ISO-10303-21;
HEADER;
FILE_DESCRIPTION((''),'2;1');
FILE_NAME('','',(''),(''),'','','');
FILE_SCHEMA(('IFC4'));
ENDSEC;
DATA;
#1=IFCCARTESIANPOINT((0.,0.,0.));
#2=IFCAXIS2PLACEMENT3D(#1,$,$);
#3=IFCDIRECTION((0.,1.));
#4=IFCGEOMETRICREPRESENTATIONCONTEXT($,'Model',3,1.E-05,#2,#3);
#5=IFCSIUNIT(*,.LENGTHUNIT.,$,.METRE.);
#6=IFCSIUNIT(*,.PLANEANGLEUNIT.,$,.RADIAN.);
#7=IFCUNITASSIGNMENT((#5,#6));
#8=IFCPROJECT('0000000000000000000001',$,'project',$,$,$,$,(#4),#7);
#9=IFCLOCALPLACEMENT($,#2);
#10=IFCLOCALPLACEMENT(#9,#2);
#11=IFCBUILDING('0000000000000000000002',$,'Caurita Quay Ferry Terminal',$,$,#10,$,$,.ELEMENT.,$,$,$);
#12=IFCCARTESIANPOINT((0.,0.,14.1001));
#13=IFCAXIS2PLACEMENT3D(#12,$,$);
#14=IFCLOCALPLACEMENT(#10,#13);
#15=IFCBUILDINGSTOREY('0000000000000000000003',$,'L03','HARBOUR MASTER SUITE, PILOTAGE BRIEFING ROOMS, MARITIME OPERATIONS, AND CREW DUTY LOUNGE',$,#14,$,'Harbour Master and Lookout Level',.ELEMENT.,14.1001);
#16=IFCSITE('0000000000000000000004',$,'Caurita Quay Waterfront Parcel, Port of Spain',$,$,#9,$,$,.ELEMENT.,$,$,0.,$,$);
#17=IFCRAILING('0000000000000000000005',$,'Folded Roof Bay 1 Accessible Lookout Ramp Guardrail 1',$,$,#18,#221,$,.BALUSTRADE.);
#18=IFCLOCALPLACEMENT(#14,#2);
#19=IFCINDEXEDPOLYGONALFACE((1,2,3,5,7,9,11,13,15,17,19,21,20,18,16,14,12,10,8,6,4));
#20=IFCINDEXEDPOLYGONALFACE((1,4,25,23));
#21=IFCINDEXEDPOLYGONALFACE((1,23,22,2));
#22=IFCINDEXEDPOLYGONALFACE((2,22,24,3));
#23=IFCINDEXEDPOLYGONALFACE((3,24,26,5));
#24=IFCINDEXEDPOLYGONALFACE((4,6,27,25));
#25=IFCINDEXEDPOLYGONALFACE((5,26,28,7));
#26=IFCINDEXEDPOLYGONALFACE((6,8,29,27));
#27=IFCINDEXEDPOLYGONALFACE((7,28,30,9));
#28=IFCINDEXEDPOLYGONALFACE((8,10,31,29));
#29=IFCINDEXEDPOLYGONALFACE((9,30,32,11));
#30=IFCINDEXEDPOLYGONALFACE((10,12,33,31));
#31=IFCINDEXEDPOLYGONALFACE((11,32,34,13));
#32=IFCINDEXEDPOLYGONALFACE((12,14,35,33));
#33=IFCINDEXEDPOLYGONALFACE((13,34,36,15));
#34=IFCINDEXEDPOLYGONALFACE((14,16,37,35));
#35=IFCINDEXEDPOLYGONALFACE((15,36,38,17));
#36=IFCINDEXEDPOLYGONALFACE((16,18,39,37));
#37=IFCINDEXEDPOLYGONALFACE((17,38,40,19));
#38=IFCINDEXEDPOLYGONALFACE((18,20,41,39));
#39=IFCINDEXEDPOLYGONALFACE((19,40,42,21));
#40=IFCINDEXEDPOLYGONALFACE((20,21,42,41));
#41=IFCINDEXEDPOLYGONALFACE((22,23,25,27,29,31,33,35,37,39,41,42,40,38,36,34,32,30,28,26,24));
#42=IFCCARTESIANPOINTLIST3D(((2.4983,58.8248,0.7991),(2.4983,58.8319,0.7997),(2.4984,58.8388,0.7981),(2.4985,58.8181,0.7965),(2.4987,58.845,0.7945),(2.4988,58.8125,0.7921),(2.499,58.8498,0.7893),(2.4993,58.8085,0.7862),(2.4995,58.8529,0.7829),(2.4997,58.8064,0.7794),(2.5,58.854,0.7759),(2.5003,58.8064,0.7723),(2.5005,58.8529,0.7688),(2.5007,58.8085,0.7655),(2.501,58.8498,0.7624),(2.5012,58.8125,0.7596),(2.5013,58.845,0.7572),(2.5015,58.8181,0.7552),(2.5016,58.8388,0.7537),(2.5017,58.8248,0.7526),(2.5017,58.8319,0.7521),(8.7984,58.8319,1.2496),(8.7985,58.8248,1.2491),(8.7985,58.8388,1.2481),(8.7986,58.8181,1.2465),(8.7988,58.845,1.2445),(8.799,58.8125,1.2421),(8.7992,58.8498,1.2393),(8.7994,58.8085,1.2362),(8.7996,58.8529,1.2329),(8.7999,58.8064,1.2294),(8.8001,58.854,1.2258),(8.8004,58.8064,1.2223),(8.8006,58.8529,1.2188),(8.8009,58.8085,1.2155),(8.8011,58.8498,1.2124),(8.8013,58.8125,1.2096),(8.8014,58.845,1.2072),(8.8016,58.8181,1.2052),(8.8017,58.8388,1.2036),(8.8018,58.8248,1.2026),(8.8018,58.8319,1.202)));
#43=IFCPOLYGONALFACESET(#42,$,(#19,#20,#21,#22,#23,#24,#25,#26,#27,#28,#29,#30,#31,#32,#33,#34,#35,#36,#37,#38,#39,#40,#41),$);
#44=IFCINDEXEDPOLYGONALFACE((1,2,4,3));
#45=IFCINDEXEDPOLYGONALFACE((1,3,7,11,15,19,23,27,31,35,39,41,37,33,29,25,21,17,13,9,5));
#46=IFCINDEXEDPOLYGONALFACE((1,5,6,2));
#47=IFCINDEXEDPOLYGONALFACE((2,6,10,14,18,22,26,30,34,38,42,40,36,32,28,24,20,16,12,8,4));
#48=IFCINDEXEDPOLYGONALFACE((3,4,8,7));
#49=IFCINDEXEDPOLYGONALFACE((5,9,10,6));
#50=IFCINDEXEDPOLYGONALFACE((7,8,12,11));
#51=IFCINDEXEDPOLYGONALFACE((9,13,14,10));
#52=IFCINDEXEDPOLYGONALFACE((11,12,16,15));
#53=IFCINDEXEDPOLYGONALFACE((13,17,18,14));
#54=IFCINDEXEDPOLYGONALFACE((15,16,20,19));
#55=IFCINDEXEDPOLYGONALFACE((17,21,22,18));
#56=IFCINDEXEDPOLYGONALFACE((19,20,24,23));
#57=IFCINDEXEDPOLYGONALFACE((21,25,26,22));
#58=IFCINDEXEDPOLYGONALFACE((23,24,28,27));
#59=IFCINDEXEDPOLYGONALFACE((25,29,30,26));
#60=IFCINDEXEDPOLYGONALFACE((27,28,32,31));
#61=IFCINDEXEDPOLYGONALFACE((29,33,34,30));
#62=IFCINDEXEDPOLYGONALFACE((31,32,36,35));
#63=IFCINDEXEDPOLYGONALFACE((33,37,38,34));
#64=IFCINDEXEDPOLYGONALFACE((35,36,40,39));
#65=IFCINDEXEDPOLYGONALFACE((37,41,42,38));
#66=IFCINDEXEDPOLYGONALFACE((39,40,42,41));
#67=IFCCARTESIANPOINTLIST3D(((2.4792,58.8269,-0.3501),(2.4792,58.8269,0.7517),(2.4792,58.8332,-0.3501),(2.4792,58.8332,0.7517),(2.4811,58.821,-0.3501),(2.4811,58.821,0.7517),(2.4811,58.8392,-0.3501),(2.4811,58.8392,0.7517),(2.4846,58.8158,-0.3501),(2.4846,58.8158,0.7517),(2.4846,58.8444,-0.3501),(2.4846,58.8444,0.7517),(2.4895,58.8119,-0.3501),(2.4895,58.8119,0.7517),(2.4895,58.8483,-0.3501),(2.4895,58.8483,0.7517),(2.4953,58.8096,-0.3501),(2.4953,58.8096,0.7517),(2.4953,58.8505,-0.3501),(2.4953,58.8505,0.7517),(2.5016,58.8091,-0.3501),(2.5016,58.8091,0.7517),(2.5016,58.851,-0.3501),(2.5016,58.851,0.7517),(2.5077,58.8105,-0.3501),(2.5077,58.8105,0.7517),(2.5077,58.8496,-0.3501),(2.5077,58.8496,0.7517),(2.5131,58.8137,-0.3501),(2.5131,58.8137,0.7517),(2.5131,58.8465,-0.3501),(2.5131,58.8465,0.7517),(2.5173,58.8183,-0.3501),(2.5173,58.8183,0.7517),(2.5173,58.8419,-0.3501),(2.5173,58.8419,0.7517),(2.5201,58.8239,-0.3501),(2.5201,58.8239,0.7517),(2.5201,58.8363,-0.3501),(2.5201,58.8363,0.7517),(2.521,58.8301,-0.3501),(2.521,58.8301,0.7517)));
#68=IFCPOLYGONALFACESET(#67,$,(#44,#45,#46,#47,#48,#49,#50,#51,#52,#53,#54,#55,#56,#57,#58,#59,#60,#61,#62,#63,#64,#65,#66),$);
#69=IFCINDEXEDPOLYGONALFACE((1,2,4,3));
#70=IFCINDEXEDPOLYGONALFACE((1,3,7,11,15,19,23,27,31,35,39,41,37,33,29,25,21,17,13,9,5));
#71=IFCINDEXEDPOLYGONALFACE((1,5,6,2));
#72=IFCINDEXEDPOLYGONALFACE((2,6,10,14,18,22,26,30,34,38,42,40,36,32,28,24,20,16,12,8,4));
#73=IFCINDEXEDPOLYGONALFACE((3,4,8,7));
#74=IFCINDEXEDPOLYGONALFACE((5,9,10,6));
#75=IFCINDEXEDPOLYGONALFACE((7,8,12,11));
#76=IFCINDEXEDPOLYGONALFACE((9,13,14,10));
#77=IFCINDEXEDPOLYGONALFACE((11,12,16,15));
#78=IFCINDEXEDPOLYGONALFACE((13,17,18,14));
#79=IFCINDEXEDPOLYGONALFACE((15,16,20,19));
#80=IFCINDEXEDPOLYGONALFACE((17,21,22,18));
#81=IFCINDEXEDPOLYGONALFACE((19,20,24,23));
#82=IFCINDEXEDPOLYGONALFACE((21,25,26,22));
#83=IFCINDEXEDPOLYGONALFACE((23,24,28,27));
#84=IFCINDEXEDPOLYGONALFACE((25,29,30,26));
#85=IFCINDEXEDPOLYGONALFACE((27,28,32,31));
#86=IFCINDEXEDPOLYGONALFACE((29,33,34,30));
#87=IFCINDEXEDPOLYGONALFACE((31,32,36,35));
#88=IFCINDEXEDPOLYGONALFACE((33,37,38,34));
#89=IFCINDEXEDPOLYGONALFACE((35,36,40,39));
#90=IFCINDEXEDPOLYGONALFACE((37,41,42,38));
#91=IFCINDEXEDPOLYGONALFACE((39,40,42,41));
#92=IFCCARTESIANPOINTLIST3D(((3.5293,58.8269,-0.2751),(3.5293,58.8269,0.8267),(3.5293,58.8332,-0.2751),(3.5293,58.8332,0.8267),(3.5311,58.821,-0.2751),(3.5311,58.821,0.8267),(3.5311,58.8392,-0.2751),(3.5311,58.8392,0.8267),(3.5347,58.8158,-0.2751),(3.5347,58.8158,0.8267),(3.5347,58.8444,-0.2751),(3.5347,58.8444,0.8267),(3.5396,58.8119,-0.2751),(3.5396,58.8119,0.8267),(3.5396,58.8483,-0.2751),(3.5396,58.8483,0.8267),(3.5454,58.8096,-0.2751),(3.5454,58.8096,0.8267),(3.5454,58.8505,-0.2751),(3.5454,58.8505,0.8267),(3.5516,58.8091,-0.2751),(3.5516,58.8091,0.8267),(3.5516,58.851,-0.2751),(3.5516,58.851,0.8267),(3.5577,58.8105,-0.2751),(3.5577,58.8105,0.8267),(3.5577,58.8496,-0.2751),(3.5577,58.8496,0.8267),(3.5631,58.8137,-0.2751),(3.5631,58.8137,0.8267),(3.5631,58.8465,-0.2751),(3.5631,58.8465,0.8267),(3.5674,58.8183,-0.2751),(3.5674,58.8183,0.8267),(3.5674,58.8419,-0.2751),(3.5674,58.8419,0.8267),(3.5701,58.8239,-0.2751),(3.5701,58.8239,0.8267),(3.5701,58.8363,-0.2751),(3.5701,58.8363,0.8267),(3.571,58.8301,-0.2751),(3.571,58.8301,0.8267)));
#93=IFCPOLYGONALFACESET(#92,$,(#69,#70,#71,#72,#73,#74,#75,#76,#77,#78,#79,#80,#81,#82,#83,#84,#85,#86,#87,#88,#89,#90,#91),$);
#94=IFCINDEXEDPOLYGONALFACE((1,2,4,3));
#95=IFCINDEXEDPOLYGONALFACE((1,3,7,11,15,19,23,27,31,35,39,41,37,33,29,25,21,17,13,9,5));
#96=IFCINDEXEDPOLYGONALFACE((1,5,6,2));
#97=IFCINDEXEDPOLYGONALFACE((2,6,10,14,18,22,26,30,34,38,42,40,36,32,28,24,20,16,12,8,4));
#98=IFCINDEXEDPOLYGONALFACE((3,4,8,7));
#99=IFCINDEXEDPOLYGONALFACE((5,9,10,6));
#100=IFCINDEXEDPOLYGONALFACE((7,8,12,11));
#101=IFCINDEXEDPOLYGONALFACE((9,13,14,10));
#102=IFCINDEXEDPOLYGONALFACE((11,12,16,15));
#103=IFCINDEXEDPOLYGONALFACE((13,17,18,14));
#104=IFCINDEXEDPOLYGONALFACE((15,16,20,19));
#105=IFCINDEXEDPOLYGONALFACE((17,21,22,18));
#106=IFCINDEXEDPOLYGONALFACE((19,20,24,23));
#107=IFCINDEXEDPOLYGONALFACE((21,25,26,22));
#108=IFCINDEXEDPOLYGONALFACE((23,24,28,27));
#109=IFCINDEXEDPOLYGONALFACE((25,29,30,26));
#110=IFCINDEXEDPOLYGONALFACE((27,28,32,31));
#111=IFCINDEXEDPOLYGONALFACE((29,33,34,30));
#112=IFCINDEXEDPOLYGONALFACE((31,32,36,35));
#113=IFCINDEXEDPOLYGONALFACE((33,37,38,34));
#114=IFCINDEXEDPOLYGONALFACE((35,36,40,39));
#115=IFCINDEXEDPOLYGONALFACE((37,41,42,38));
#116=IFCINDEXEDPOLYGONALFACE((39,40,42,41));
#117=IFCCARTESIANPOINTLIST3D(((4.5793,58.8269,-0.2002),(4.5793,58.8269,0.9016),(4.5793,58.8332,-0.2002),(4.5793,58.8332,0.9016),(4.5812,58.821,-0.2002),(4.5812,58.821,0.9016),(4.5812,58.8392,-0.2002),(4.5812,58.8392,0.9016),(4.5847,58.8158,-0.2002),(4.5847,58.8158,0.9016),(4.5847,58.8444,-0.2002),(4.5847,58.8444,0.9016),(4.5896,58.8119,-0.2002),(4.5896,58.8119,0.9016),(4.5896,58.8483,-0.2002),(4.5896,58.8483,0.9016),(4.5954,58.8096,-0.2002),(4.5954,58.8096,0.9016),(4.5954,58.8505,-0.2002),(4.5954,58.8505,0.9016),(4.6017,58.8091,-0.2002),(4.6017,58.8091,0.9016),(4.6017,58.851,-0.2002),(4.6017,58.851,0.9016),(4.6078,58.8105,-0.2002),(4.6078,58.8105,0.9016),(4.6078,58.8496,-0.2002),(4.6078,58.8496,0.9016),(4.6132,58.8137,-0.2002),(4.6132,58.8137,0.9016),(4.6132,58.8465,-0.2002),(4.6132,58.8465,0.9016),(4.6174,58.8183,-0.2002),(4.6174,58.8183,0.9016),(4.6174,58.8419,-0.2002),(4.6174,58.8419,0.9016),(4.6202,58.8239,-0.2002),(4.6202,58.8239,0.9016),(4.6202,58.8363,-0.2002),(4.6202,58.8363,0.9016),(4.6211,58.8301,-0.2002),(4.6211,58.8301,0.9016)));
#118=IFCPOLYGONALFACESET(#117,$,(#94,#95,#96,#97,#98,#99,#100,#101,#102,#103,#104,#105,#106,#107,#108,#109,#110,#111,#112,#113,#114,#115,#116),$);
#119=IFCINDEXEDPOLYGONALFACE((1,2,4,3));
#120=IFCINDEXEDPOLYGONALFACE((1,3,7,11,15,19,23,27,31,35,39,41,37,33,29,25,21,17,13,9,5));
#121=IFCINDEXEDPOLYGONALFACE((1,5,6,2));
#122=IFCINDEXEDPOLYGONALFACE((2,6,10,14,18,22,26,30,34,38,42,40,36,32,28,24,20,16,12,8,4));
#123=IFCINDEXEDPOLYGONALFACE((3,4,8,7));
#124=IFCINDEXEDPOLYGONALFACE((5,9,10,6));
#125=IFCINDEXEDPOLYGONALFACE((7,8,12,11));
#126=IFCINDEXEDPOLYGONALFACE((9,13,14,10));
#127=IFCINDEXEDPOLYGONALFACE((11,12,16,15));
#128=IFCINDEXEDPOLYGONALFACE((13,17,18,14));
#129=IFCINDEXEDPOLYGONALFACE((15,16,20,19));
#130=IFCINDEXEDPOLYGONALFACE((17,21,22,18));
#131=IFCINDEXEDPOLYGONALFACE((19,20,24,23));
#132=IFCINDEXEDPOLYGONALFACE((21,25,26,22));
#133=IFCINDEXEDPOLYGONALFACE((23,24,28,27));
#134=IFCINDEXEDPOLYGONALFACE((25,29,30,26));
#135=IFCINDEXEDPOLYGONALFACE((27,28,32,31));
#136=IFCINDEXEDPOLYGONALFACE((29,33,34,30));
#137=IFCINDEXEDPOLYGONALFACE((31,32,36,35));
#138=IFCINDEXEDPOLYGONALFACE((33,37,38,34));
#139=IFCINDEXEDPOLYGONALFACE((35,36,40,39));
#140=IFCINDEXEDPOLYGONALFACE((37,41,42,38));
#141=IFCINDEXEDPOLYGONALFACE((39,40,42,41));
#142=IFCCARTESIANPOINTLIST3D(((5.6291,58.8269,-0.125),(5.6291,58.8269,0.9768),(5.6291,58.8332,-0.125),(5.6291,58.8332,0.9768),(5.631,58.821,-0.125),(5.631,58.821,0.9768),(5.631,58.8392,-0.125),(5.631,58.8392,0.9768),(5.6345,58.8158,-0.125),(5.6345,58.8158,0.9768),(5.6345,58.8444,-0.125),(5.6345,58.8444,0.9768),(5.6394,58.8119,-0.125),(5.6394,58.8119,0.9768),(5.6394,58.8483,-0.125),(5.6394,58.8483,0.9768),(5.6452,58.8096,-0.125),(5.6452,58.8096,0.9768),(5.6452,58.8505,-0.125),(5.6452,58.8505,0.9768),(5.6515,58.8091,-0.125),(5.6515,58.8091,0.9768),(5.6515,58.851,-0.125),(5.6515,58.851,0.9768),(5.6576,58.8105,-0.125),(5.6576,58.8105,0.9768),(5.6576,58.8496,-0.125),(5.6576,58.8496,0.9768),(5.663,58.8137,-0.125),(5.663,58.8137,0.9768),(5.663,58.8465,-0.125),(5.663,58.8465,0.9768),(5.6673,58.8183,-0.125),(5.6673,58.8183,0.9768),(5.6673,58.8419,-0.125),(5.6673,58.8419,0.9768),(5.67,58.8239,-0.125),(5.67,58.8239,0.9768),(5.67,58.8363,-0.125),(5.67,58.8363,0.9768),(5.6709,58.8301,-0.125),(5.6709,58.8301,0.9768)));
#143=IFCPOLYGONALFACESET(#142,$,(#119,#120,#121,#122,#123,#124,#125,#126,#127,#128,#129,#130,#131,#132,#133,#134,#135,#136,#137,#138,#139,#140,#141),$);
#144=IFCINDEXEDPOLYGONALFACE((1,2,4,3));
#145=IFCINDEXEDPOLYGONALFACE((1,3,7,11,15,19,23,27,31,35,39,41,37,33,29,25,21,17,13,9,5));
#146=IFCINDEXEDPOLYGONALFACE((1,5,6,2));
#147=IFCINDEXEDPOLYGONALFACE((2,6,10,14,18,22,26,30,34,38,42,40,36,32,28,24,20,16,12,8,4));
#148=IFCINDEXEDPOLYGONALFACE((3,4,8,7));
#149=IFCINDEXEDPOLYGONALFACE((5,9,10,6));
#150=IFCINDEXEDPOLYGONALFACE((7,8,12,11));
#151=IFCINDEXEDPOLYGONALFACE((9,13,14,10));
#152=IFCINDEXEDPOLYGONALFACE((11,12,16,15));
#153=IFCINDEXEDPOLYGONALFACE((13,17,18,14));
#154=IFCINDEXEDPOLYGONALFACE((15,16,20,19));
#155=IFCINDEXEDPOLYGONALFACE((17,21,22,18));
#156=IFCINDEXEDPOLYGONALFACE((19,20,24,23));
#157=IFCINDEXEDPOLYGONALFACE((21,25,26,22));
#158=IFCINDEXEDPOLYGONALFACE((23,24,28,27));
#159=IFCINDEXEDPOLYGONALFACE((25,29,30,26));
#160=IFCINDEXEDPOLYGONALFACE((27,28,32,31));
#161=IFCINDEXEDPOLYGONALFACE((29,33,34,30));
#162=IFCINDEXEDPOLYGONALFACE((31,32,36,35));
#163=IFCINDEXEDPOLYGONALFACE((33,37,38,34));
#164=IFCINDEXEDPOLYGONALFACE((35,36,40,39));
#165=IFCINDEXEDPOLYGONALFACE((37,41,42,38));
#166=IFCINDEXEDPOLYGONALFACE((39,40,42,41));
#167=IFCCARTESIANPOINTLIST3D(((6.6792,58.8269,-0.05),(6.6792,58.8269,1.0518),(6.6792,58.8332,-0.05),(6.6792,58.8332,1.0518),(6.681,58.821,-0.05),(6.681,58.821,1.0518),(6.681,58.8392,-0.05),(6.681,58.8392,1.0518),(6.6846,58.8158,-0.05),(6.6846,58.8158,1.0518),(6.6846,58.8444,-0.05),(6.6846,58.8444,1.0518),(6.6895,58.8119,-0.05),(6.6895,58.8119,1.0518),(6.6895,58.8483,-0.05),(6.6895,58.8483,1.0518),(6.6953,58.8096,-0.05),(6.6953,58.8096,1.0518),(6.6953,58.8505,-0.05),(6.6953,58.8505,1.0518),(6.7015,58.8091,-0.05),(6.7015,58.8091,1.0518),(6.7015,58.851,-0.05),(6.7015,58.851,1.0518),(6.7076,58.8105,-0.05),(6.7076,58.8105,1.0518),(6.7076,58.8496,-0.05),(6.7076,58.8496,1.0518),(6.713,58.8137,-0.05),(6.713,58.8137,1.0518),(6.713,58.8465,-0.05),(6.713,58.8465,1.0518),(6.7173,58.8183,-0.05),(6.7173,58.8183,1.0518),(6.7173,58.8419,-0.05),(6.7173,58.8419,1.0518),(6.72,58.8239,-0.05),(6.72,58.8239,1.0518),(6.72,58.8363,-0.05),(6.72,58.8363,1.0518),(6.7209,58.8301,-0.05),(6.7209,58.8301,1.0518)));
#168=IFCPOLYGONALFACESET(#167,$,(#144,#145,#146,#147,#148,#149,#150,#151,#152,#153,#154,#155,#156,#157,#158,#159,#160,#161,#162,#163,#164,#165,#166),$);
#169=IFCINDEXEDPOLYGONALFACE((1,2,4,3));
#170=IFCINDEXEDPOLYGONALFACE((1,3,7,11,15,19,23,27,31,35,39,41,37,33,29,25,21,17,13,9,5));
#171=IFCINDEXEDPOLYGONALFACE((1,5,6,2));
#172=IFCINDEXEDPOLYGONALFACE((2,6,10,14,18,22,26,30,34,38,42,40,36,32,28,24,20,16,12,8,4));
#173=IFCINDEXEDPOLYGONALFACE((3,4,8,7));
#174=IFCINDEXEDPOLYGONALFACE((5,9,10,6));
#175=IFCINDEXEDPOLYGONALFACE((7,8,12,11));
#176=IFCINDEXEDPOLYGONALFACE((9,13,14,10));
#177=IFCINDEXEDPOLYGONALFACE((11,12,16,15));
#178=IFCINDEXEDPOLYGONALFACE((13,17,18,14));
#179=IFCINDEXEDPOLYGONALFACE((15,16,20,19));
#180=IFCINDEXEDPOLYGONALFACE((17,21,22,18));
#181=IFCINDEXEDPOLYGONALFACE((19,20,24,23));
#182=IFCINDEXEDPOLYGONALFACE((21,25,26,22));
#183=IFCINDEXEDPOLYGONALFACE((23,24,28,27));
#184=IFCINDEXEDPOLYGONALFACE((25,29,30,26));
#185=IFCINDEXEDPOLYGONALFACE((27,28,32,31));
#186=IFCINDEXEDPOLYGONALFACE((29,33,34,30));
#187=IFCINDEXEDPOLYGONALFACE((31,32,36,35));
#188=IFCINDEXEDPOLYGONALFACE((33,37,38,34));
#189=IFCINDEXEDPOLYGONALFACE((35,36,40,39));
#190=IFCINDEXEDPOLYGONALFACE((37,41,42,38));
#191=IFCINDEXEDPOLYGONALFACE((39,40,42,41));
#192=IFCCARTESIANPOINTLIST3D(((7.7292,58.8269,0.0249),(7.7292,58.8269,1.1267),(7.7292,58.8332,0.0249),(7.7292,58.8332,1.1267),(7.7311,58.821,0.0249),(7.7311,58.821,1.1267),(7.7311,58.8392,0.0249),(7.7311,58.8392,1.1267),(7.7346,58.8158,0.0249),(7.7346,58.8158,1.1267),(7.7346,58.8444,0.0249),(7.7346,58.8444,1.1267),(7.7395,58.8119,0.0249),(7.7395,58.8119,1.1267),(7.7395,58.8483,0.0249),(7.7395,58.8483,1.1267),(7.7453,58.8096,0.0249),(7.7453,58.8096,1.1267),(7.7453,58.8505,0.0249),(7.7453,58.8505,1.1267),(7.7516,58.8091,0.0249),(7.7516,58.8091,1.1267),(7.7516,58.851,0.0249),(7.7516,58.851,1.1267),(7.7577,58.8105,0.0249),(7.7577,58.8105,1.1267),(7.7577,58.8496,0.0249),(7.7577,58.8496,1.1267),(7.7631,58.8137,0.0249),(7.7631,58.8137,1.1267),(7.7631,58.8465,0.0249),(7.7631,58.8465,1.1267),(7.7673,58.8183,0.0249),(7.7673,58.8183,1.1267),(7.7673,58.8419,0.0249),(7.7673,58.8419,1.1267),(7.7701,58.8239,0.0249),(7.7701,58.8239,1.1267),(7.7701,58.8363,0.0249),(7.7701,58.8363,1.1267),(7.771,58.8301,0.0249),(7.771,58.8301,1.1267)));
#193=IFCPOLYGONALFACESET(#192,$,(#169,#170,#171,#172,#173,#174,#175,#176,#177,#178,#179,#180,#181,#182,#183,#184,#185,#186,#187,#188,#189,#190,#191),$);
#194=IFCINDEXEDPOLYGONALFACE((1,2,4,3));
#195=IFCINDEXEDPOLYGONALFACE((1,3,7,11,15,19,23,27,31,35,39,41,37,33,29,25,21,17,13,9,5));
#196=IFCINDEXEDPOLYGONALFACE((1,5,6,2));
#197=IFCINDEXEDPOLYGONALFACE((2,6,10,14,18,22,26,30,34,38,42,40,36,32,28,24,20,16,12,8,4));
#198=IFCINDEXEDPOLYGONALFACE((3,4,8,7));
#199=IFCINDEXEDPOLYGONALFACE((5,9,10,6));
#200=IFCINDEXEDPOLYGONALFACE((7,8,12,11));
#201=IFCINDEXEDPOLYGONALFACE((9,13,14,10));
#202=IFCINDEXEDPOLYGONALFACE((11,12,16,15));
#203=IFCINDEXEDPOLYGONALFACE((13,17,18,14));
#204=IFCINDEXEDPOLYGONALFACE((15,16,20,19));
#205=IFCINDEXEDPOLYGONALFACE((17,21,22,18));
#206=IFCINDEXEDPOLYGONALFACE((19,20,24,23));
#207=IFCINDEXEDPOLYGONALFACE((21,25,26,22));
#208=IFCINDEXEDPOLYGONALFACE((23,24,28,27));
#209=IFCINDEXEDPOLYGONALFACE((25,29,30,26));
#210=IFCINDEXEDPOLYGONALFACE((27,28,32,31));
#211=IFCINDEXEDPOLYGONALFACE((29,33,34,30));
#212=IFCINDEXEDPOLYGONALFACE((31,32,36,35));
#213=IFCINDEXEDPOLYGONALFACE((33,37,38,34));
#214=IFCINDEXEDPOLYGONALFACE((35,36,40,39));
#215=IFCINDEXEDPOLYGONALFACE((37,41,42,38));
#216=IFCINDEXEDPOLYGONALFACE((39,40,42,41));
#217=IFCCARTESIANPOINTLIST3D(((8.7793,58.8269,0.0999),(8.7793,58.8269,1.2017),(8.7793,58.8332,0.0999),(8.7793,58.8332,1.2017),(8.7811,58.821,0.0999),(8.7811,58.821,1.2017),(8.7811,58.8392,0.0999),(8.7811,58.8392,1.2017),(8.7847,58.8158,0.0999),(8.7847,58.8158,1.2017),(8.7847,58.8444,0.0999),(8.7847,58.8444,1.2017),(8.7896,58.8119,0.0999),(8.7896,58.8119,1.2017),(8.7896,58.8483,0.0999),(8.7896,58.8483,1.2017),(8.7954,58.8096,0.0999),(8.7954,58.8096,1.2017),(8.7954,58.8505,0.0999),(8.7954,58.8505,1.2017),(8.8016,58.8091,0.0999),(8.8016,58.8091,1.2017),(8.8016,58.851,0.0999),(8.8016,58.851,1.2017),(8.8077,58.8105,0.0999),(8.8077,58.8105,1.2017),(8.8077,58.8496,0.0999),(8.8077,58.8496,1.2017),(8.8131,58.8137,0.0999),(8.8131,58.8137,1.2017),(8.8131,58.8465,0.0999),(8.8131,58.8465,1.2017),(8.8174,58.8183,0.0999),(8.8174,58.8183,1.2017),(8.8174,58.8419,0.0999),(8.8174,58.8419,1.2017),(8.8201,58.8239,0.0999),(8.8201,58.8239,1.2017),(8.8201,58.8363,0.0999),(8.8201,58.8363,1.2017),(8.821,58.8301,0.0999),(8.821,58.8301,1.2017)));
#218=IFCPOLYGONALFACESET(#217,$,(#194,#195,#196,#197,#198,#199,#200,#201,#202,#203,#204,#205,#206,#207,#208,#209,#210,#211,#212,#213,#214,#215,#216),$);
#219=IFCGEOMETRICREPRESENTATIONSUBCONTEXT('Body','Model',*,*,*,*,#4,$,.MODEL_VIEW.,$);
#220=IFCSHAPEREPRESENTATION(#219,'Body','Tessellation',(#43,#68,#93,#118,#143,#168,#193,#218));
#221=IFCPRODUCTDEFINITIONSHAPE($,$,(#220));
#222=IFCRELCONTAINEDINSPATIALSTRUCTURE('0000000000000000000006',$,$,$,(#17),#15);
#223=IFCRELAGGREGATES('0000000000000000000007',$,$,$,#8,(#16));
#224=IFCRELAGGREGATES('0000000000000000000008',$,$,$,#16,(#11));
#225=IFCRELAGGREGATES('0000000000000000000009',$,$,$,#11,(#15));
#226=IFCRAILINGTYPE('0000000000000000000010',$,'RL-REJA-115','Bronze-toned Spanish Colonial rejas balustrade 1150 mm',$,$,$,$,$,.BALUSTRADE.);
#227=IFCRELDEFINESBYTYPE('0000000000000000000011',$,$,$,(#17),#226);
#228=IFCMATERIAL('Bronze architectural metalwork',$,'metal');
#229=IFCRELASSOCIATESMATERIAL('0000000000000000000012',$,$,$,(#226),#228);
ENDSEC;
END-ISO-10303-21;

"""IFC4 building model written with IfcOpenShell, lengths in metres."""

from ifc_helpers import new_model, si_unit, direction, frame, origin, origin_2d, place, context, subcontext, project, spatial, circle, extrude, material, type_object, element, save


model = new_model("IFC4")

# Units and contexts
model_context = context("Model", 3, precision=1e-05, world=origin(), true_north=direction((0.0, 1.0)))
body_context = subcontext(model_context, "Body", "Model", "MODEL_VIEW")
ifc_project = project(units=[si_unit("LENGTHUNIT", "METRE"), si_unit("PLANEANGLEUNIT", "RADIAN")], contexts=[model_context])

# Site, building, storey
site_placement = place(None, origin())
site = spatial("IfcSite", under=ifc_project, at=site_placement, Name="Caurita Quay Waterfront Parcel, Port of Spain", CompositionType="ELEMENT", RefElevation=0.0)
building_placement = place(site_placement, origin())
building = spatial("IfcBuilding", under=site, at=building_placement, Name="Caurita Quay Ferry Terminal", CompositionType="ELEMENT")
storey_placement = place(building_placement, frame((0.0, 0.0, 14.1001)))
storey = spatial("IfcBuildingStorey", under=building, at=storey_placement, Name="L03", Description="HARBOUR MASTER SUITE, PILOTAGE BRIEFING ROOMS, MARITIME OPERATIONS, AND CREW DUTY LOUNGE", LongName="Harbour Master and Lookout Level", CompositionType="ELEMENT", Elevation=14.1001)

# Railing
ifc_material_1 = material(Name="Bronze architectural metalwork", Category="metal")
railing_type_1 = type_object("IfcRailingType", Name="RL-REJA-115", Description="Bronze-toned Spanish Colonial rejas balustrade 1150 mm", PredefinedType="BALUSTRADE", material=ifc_material_1)
railing_1_placement = place(storey_placement, frame((2.5, 58.8301, -0.3501)))
element("IfcRailing", 1, at=railing_1_placement, inside=storey, type_object=railing_type_1, Name="Folded Roof Bay 1 Accessible Lookout Ramp Guardrail 1", PredefinedType="BALUSTRADE", context=body_context, shape_type="SweptSolid", body=[
    extrude(circle(Radius=0.0239, at=origin_2d()), frame((0.0, 0.0, 1.126), z_axis=(0.997459, 0.0, 0.071239), x_axis=(0.0, 1.0, 0.0)), (0.0, 0.0, 1.0), 6.3162),
    extrude(circle(Radius=0.021, at=origin_2d()), origin(), (0.0, 0.0, 1.0), 1.1018),
    extrude(circle(Radius=0.021, at=origin_2d()), frame((1.05, 0.0, 0.075)), (0.0, 0.0, 1.0), 1.1018),
    extrude(circle(Radius=0.021, at=origin_2d()), frame((2.1001, 0.0, 0.1499)), (0.0, 0.0, 1.0), 1.1018),
    extrude(circle(Radius=0.021, at=origin_2d()), frame((3.1499, 0.0, 0.2251)), (0.0, 0.0, 1.0), 1.1018),
    extrude(circle(Radius=0.021, at=origin_2d()), frame((4.2, 0.0, 0.3)), (0.0, 0.0, 1.0), 1.1018),
    extrude(circle(Radius=0.021, at=origin_2d()), frame((5.25, 0.0, 0.375)), (0.0, 0.0, 1.0), 1.1018),
    extrude(circle(Radius=0.021, at=origin_2d()), frame((6.3, 0.0, 0.45)), (0.0, 0.0, 1.0), 1.1018),
])

save(model, "model.ifc")
